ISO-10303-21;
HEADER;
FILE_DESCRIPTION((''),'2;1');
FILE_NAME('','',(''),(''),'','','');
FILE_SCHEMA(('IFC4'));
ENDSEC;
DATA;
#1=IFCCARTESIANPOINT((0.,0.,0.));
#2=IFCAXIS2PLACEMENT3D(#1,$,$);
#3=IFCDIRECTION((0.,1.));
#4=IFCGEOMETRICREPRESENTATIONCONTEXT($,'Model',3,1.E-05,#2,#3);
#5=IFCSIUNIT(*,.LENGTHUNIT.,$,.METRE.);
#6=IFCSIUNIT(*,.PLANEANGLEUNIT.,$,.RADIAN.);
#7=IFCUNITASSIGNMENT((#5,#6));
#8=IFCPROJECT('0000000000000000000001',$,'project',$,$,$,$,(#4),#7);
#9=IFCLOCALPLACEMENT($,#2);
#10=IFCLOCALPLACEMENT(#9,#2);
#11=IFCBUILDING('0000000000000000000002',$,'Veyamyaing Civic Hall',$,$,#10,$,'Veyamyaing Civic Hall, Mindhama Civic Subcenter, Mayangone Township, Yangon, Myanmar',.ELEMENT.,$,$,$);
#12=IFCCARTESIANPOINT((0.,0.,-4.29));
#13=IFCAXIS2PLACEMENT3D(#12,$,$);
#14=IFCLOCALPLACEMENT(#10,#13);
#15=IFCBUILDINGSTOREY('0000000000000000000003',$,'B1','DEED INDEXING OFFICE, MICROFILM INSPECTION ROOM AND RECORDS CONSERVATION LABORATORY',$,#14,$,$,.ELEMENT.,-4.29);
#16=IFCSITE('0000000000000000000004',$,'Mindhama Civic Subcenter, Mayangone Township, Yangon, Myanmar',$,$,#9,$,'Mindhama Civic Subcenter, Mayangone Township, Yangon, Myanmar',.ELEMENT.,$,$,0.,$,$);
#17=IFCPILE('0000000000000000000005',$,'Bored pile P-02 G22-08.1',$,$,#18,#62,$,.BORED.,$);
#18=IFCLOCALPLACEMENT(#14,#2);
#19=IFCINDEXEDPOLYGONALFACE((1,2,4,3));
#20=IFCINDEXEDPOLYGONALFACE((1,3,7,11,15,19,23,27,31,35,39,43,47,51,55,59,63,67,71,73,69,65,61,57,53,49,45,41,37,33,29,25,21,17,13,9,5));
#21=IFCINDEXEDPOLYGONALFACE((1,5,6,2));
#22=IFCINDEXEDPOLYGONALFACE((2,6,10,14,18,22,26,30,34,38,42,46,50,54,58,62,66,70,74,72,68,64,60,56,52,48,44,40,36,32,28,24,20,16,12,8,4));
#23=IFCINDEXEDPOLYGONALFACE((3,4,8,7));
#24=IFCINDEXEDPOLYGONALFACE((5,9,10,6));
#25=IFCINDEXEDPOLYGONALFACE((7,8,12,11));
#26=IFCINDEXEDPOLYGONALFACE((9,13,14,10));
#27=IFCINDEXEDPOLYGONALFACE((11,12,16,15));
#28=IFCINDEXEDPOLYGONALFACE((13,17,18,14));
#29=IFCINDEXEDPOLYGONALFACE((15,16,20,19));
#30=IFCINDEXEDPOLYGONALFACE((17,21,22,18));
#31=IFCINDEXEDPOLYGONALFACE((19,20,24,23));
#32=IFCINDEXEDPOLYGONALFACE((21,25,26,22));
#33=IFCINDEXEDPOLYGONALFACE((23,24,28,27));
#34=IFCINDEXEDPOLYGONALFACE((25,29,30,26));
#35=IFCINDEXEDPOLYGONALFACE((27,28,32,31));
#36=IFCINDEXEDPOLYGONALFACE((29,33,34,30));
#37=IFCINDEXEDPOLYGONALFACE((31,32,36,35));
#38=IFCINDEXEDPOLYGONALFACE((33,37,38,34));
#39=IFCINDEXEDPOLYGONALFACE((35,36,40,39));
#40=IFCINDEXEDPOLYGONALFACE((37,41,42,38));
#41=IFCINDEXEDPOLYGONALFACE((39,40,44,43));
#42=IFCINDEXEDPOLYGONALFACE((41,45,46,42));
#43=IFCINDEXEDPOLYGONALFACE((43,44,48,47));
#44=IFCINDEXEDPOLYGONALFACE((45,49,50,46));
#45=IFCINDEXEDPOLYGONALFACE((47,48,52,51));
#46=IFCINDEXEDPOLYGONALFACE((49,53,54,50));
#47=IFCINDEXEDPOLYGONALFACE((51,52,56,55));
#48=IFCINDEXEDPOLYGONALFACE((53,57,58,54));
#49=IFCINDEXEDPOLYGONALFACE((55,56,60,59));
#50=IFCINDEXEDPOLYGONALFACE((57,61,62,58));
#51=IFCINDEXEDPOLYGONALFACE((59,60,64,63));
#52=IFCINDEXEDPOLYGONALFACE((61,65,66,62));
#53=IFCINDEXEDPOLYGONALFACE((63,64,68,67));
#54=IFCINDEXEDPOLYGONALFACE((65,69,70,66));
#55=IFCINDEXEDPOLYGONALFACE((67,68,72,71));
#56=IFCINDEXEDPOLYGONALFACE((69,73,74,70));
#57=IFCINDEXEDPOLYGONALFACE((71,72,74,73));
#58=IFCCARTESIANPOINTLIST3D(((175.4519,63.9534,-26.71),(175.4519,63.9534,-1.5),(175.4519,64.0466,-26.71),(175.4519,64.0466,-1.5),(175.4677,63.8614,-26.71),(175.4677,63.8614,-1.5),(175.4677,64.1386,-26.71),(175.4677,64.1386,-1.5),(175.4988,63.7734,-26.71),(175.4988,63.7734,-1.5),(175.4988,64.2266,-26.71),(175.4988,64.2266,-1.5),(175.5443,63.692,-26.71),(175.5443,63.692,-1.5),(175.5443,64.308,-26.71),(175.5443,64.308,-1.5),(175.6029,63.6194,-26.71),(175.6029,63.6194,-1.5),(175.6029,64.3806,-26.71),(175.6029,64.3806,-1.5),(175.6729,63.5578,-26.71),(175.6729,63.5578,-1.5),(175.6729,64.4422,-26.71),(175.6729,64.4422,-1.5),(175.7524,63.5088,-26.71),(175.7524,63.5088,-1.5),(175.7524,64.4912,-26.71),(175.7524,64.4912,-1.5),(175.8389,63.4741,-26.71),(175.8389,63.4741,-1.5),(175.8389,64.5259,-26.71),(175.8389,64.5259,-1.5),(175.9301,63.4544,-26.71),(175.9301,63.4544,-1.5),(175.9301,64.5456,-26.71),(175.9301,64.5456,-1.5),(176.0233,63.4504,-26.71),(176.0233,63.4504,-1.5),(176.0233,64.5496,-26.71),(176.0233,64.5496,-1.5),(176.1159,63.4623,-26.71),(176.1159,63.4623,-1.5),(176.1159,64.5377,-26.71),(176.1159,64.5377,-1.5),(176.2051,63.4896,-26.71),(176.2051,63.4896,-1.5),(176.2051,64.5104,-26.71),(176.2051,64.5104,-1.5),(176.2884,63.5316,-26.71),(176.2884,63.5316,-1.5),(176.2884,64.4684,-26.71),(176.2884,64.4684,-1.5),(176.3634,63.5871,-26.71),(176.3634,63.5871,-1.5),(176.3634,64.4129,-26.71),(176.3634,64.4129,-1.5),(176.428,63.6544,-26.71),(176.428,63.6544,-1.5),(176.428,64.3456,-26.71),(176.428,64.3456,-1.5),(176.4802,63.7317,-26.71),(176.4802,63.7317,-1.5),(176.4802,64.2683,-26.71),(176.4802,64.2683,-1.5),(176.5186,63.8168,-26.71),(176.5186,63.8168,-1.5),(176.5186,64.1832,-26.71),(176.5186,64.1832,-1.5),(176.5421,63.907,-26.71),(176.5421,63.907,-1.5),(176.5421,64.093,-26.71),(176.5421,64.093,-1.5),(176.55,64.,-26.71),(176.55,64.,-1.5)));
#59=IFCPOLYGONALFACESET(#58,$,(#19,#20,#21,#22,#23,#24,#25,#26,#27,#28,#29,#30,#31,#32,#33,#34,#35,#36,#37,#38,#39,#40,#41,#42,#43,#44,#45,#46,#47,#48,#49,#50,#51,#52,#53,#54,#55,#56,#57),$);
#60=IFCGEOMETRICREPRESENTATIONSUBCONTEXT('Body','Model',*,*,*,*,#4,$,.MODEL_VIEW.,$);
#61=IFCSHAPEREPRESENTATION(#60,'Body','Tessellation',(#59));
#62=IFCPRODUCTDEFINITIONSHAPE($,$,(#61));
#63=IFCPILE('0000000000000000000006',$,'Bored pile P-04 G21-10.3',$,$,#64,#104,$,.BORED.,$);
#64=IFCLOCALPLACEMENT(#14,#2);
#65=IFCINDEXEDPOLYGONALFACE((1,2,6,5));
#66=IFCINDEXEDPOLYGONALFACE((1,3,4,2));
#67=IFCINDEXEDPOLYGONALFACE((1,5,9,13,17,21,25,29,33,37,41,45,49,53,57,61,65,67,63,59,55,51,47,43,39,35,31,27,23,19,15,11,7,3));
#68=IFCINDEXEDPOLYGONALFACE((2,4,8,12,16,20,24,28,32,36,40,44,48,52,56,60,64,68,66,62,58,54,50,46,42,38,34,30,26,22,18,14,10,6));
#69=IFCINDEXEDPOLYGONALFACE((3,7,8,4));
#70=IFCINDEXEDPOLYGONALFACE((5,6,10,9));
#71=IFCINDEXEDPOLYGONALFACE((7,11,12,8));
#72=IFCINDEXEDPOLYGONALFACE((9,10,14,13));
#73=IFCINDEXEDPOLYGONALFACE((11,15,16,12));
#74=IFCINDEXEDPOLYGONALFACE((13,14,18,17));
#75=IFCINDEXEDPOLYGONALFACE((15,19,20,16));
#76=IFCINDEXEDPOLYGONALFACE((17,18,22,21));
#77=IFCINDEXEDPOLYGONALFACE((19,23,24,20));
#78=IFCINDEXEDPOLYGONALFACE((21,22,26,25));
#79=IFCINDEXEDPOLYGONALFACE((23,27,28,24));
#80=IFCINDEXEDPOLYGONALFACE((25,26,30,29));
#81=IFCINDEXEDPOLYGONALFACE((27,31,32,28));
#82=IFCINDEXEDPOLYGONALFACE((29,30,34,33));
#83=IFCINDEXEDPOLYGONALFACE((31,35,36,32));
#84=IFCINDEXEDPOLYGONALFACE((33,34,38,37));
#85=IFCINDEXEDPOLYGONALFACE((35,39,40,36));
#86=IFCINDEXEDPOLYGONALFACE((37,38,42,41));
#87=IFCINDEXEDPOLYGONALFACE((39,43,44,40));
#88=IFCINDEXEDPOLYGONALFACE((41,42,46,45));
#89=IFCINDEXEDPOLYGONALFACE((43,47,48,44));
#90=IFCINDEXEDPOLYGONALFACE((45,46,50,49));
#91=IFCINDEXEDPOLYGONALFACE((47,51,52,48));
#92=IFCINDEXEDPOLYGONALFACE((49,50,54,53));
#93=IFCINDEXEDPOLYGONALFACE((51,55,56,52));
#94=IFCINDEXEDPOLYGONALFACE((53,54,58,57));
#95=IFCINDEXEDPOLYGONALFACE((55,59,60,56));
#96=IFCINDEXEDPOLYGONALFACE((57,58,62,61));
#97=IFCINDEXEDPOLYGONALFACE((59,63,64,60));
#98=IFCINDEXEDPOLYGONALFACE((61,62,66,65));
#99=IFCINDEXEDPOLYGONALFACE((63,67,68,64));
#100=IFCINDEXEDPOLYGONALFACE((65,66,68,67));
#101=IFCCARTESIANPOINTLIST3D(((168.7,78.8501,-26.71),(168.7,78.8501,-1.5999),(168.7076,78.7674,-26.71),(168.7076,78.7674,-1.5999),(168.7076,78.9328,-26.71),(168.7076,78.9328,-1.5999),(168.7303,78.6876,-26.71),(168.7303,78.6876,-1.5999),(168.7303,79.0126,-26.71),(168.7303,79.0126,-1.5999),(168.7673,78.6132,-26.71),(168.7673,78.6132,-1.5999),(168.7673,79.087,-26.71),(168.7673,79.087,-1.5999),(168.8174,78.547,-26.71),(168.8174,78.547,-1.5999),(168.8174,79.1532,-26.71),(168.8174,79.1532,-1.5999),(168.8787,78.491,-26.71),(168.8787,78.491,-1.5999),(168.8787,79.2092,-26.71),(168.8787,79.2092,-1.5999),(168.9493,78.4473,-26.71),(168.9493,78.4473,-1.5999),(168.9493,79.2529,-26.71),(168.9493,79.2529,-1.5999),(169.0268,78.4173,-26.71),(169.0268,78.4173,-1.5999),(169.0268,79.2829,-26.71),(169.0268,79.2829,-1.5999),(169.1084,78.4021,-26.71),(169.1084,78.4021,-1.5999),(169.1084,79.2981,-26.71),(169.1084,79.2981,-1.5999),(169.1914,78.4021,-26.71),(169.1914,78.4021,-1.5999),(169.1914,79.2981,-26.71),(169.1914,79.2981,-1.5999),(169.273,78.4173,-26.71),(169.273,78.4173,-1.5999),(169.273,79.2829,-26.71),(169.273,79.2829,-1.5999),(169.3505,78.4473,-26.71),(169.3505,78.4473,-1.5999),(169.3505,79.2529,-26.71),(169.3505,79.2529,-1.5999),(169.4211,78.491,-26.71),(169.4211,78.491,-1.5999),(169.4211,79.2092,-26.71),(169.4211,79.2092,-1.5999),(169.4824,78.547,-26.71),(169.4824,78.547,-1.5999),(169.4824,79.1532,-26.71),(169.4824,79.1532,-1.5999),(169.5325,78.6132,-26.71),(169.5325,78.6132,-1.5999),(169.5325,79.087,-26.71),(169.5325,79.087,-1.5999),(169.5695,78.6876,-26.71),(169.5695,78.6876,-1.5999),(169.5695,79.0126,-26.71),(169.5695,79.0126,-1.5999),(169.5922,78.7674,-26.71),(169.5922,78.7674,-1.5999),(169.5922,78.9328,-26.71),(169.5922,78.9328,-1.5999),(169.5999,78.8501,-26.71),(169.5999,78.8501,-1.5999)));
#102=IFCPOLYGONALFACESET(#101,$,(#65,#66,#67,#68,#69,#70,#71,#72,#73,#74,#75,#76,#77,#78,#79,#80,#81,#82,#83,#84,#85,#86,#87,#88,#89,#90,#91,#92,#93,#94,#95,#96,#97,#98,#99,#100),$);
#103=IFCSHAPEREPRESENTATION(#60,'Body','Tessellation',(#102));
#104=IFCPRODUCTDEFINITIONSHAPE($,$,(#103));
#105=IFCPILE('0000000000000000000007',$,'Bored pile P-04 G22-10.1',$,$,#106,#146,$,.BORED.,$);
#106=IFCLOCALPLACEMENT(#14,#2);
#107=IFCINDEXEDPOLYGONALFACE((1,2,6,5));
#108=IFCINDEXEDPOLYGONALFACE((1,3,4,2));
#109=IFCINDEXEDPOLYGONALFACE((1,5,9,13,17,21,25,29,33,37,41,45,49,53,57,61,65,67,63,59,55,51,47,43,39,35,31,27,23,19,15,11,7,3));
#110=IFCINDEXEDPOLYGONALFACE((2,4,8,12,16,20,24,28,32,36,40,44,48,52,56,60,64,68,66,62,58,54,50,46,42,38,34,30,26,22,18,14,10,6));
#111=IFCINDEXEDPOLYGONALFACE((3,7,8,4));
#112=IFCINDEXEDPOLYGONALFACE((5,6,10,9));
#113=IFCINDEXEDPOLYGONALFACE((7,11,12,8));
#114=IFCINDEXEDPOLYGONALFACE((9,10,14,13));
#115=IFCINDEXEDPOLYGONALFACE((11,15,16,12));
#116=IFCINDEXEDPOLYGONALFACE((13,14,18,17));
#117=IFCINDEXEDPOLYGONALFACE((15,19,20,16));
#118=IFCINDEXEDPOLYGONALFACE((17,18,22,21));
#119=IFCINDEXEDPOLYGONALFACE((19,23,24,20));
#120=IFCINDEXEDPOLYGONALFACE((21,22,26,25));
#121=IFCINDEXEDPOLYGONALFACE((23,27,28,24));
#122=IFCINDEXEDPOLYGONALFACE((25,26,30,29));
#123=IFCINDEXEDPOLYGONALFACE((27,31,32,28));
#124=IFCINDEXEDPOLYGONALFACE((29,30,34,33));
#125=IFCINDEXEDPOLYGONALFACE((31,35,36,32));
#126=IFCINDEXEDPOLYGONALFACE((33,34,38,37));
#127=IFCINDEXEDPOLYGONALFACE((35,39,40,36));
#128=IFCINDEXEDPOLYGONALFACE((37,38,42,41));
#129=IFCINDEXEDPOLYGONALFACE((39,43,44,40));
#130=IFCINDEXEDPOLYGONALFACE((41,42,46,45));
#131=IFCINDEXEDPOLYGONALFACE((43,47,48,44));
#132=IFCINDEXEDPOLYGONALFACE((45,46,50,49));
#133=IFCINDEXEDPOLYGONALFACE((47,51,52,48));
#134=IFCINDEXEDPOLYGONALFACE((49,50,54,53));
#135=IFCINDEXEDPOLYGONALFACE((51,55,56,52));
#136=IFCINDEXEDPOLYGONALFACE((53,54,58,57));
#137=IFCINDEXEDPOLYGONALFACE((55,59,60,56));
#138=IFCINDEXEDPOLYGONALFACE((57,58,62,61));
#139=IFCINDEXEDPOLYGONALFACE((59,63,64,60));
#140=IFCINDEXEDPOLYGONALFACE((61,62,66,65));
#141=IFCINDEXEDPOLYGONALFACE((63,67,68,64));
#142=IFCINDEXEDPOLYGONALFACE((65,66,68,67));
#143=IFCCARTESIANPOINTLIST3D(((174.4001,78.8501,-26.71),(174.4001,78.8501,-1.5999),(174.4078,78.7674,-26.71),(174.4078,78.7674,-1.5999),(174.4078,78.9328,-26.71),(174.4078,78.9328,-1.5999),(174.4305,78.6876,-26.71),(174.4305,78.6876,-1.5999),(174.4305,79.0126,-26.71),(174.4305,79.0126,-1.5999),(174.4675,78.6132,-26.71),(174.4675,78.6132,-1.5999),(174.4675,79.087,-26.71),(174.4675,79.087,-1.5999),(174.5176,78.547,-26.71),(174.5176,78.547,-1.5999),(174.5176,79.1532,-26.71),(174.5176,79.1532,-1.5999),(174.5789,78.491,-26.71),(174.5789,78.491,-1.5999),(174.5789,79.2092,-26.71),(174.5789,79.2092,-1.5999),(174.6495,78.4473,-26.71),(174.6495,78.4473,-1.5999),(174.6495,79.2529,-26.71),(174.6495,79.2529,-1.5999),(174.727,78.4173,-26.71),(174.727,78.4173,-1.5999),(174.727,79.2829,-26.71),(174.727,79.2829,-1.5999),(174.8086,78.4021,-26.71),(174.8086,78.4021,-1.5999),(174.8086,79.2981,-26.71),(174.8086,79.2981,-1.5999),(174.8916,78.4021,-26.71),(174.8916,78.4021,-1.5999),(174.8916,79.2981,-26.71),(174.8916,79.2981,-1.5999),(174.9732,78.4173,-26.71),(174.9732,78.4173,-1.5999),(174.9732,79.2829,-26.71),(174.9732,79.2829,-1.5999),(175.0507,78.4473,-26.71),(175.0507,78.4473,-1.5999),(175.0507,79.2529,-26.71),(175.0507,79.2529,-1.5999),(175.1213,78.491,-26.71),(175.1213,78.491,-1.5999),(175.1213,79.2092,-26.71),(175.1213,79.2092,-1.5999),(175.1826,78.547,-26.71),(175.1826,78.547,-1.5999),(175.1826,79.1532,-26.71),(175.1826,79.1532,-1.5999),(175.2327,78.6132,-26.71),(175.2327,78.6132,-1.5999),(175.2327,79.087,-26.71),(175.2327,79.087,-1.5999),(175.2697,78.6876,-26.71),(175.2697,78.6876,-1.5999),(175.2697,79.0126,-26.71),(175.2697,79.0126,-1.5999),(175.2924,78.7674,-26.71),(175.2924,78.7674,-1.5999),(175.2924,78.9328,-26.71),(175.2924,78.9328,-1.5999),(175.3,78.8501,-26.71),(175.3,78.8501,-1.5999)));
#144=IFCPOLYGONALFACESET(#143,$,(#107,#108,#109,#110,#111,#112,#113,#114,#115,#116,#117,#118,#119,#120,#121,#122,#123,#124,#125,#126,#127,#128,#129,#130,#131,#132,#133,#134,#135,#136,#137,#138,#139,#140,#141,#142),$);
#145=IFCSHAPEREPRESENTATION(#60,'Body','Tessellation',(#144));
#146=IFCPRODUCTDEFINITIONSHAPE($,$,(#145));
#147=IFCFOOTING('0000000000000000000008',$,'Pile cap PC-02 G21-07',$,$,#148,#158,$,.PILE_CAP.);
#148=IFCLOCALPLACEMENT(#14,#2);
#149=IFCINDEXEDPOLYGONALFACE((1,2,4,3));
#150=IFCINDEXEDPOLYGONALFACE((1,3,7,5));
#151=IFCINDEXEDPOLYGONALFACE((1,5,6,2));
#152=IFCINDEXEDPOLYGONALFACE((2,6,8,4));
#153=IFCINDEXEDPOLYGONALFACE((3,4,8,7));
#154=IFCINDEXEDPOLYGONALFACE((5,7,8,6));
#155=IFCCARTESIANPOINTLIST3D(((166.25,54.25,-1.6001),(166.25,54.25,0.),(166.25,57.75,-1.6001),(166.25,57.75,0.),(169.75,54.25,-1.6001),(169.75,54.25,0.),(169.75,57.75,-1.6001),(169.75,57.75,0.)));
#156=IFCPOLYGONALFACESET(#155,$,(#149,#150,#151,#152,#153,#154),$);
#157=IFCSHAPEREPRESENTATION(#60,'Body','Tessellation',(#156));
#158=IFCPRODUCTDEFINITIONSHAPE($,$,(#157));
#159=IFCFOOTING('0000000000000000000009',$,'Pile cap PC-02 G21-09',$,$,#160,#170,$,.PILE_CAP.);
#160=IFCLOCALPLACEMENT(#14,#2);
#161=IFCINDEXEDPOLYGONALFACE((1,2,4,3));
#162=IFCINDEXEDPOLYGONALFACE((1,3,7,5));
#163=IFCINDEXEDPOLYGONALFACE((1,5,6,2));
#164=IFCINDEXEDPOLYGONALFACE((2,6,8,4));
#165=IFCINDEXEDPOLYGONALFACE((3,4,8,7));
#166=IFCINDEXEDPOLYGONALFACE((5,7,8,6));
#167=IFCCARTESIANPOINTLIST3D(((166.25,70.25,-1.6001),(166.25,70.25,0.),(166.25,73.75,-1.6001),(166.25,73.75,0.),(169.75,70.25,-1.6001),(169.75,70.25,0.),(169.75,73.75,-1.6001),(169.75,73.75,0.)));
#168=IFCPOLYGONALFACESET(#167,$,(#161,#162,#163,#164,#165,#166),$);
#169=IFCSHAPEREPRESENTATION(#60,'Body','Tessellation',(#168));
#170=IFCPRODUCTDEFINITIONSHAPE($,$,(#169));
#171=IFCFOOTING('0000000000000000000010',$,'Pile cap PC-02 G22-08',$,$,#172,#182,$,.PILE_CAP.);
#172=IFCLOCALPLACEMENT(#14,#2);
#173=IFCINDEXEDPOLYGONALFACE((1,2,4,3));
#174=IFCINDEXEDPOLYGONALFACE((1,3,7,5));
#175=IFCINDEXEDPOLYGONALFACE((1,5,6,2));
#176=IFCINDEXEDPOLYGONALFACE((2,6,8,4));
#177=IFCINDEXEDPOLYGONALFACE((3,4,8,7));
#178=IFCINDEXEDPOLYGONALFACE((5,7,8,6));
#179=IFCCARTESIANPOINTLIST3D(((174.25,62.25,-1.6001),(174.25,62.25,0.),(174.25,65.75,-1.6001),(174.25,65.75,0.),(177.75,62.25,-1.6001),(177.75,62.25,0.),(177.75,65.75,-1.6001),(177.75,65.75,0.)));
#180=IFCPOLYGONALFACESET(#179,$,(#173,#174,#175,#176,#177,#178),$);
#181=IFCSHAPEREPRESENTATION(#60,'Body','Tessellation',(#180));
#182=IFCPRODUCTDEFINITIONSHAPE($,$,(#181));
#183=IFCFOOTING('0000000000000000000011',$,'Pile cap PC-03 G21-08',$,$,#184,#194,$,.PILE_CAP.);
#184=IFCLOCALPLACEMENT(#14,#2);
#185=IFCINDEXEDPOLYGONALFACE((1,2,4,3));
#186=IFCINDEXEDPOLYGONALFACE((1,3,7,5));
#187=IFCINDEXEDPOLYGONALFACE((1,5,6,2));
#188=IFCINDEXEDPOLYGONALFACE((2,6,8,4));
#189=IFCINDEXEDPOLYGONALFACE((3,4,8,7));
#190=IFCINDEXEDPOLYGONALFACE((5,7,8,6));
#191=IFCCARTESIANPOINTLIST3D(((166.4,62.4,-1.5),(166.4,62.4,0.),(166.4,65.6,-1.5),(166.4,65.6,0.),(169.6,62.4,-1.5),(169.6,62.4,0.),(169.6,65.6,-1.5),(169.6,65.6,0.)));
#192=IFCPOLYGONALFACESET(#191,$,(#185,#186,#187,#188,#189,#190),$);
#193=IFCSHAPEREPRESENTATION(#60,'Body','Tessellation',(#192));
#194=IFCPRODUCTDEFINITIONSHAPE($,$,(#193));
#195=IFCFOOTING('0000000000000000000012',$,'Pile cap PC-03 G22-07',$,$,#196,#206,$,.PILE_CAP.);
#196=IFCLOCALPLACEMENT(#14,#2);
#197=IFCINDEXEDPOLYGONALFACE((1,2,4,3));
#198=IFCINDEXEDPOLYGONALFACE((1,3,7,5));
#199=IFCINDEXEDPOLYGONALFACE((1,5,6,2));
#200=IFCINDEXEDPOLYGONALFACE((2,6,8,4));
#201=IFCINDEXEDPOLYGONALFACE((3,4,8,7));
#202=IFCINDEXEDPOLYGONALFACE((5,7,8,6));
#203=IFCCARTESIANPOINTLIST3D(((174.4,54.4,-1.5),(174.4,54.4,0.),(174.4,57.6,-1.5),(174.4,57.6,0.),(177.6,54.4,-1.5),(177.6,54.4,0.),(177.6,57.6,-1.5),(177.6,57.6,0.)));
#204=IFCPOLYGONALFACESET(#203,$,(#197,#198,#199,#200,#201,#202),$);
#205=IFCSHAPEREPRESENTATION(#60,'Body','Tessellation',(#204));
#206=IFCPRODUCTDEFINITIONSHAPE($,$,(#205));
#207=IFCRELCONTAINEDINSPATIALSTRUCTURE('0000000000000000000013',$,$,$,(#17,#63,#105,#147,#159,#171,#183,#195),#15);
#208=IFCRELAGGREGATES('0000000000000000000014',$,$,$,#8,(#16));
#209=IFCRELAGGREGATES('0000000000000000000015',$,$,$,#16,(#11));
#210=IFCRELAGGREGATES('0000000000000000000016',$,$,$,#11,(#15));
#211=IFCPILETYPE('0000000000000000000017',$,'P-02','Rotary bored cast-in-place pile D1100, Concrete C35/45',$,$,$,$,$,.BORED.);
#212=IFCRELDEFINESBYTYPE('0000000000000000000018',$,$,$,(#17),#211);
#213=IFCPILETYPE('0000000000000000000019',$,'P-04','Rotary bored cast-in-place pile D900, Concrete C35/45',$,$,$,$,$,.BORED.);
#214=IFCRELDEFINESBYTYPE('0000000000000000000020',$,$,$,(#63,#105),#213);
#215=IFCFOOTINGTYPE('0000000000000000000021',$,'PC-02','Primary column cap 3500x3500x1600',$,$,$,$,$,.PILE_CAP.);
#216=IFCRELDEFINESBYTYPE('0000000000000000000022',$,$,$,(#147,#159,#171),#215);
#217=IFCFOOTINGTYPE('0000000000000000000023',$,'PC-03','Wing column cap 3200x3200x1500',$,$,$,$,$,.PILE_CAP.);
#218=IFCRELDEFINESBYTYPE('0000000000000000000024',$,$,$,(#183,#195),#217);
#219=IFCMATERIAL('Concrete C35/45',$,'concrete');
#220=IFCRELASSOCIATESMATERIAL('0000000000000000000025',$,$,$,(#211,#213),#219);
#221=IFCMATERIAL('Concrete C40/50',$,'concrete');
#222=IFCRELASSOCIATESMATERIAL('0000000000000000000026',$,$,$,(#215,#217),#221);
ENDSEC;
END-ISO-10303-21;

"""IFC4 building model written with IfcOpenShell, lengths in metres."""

from ifc_helpers import new_model, si_unit, direction, frame, origin, origin_2d, place, context, subcontext, project, spatial, rectangle, circle, extrude, material, material_profile, profile_set, type_object, element, save


model = new_model("IFC4")

# Units and contexts
model_context = context("Model", 3, precision=1e-05, world=origin(), true_north=direction((0.0, 1.0)))
body_context = subcontext(model_context, "Body", "Model", "MODEL_VIEW")
ifc_project = project(units=[si_unit("LENGTHUNIT", "METRE"), si_unit("PLANEANGLEUNIT", "RADIAN")], contexts=[model_context])

# Site, building, storey
site_placement = place(None, origin())
site = spatial("IfcSite", under=ifc_project, at=site_placement, Name="Mindhama Civic Subcenter, Mayangone Township, Yangon, Myanmar", LongName="Mindhama Civic Subcenter, Mayangone Township, Yangon, Myanmar", CompositionType="ELEMENT", RefElevation=0.0)
building_placement = place(site_placement, origin())
building = spatial("IfcBuilding", under=site, at=building_placement, Name="Veyamyaing Civic Hall", LongName="Veyamyaing Civic Hall, Mindhama Civic Subcenter, Mayangone Township, Yangon, Myanmar", CompositionType="ELEMENT")
storey_placement = place(building_placement, frame((0.0, 0.0, -4.29)))
storey = spatial("IfcBuildingStorey", under=building, at=storey_placement, Name="B1", Description="DEED INDEXING OFFICE, MICROFILM INSPECTION ROOM AND RECORDS CONSERVATION LABORATORY", CompositionType="ELEMENT", Elevation=-4.29)

# Shared definitions
ifc_material_1 = material(Name="Concrete C40/50", Category="concrete")

# Piles
ifc_material_2 = material(Name="Concrete C35/45", Category="concrete")
ifc_material_profile_1 = material_profile(ifc_material_2, circle(Radius=0.55, at=origin_2d()), Name="PILE-D1100")
ifc_profile_set_1 = profile_set([ifc_material_profile_1], Name="Concrete C35/45")
pile_type_1 = type_object("IfcPileType", Name="P-02", Description="Rotary bored cast-in-place pile D1100, Concrete C35/45", PredefinedType="BORED", material=ifc_profile_set_1)
for number, where, z_axis, x_axis, name in (
    (1, (176.0, 64.0, -1.5), (0.0, 0.0, -1.0), (1.0, 0.0, 0.0), "Bored pile P-02 G22-08.1"),
):
    element("IfcPile", number, at=place(storey_placement, frame(where, z_axis=z_axis, x_axis=x_axis)), inside=storey, type_object=pile_type_1, Name=name, PredefinedType="BORED", context=body_context, shape_type="SweptSolid", body=[
        extrude(circle(Radius=0.55, at=origin_2d()), origin(), (0.0, 0.0, 1.0), 25.21),
    ])
ifc_material_profile_2 = material_profile(ifc_material_2, circle(Radius=0.45, at=origin_2d()), Name="PILE-D900")
ifc_profile_set_2 = profile_set([ifc_material_profile_2], Name="Concrete C35/45")
pile_type_2 = type_object("IfcPileType", Name="P-04", Description="Rotary bored cast-in-place pile D900, Concrete C35/45", PredefinedType="BORED", material=ifc_profile_set_2)
for number, where, z_axis, x_axis, name in (
    (2, (169.1499, 78.8501, -1.5999), (0.0, 0.0, -1.0), (1.0, 0.0, 0.0), "Bored pile P-04 G21-10.3"),
    (3, (174.8501, 78.8501, -1.5999), (0.0, 0.0, -1.0), (1.0, 0.0, 0.0), "Bored pile P-04 G22-10.1"),
):
    element("IfcPile", number, at=place(storey_placement, frame(where, z_axis=z_axis, x_axis=x_axis)), inside=storey, type_object=pile_type_2, Name=name, PredefinedType="BORED", context=body_context, shape_type="SweptSolid", body=[
        extrude(circle(Radius=0.45, at=origin_2d()), origin(), (0.0, 0.0, 1.0), 25.1101),
    ])

# Footings
footing_type_1 = type_object("IfcFootingType", Name="PC-02", Description="Primary column cap 3500x3500x1600", PredefinedType="PILE_CAP", material=ifc_material_1)
for number, where, z_axis, x_axis, name in (
    (4, (168.0, 56.0, -1.6001), (0.0, 0.0, 1.0), (1.0, 0.0, 0.0), "Pile cap PC-02 G21-07"),
    (5, (168.0, 72.0, -1.6001), (0.0, 0.0, 1.0), (1.0, 0.0, 0.0), "Pile cap PC-02 G21-09"),
    (6, (176.0, 64.0, -1.6001), (0.0, 0.0, 1.0), (1.0, 0.0, 0.0), "Pile cap PC-02 G22-08"),
):
    element("IfcFooting", number, at=place(storey_placement, frame(where, z_axis=z_axis, x_axis=x_axis)), inside=storey, type_object=footing_type_1, Name=name, PredefinedType="PILE_CAP", context=body_context, shape_type="SweptSolid", body=[
        extrude(rectangle(XDim=3.5, YDim=3.5, at=origin_2d()), origin(), (0.0, 0.0, 1.0), 1.6001),
    ])
footing_type_2 = type_object("IfcFootingType", Name="PC-03", Description="Wing column cap 3200x3200x1500", PredefinedType="PILE_CAP", material=ifc_material_1)
for number, where, z_axis, x_axis, name in (
    (7, (168.0, 64.0, -1.5), (0.0, 0.0, 1.0), (1.0, 0.0, 0.0), "Pile cap PC-03 G21-08"),
    (8, (176.0, 56.0, -1.5), (0.0, 0.0, 1.0), (1.0, 0.0, 0.0), "Pile cap PC-03 G22-07"),
):
    element("IfcFooting", number, at=place(storey_placement, frame(where, z_axis=z_axis, x_axis=x_axis)), inside=storey, type_object=footing_type_2, Name=name, PredefinedType="PILE_CAP", context=body_context, shape_type="SweptSolid", body=[
        extrude(rectangle(XDim=3.2, YDim=3.2, at=origin_2d()), origin(), (0.0, 0.0, 1.0), 1.5),
    ])

save(model, "model.ifc")
